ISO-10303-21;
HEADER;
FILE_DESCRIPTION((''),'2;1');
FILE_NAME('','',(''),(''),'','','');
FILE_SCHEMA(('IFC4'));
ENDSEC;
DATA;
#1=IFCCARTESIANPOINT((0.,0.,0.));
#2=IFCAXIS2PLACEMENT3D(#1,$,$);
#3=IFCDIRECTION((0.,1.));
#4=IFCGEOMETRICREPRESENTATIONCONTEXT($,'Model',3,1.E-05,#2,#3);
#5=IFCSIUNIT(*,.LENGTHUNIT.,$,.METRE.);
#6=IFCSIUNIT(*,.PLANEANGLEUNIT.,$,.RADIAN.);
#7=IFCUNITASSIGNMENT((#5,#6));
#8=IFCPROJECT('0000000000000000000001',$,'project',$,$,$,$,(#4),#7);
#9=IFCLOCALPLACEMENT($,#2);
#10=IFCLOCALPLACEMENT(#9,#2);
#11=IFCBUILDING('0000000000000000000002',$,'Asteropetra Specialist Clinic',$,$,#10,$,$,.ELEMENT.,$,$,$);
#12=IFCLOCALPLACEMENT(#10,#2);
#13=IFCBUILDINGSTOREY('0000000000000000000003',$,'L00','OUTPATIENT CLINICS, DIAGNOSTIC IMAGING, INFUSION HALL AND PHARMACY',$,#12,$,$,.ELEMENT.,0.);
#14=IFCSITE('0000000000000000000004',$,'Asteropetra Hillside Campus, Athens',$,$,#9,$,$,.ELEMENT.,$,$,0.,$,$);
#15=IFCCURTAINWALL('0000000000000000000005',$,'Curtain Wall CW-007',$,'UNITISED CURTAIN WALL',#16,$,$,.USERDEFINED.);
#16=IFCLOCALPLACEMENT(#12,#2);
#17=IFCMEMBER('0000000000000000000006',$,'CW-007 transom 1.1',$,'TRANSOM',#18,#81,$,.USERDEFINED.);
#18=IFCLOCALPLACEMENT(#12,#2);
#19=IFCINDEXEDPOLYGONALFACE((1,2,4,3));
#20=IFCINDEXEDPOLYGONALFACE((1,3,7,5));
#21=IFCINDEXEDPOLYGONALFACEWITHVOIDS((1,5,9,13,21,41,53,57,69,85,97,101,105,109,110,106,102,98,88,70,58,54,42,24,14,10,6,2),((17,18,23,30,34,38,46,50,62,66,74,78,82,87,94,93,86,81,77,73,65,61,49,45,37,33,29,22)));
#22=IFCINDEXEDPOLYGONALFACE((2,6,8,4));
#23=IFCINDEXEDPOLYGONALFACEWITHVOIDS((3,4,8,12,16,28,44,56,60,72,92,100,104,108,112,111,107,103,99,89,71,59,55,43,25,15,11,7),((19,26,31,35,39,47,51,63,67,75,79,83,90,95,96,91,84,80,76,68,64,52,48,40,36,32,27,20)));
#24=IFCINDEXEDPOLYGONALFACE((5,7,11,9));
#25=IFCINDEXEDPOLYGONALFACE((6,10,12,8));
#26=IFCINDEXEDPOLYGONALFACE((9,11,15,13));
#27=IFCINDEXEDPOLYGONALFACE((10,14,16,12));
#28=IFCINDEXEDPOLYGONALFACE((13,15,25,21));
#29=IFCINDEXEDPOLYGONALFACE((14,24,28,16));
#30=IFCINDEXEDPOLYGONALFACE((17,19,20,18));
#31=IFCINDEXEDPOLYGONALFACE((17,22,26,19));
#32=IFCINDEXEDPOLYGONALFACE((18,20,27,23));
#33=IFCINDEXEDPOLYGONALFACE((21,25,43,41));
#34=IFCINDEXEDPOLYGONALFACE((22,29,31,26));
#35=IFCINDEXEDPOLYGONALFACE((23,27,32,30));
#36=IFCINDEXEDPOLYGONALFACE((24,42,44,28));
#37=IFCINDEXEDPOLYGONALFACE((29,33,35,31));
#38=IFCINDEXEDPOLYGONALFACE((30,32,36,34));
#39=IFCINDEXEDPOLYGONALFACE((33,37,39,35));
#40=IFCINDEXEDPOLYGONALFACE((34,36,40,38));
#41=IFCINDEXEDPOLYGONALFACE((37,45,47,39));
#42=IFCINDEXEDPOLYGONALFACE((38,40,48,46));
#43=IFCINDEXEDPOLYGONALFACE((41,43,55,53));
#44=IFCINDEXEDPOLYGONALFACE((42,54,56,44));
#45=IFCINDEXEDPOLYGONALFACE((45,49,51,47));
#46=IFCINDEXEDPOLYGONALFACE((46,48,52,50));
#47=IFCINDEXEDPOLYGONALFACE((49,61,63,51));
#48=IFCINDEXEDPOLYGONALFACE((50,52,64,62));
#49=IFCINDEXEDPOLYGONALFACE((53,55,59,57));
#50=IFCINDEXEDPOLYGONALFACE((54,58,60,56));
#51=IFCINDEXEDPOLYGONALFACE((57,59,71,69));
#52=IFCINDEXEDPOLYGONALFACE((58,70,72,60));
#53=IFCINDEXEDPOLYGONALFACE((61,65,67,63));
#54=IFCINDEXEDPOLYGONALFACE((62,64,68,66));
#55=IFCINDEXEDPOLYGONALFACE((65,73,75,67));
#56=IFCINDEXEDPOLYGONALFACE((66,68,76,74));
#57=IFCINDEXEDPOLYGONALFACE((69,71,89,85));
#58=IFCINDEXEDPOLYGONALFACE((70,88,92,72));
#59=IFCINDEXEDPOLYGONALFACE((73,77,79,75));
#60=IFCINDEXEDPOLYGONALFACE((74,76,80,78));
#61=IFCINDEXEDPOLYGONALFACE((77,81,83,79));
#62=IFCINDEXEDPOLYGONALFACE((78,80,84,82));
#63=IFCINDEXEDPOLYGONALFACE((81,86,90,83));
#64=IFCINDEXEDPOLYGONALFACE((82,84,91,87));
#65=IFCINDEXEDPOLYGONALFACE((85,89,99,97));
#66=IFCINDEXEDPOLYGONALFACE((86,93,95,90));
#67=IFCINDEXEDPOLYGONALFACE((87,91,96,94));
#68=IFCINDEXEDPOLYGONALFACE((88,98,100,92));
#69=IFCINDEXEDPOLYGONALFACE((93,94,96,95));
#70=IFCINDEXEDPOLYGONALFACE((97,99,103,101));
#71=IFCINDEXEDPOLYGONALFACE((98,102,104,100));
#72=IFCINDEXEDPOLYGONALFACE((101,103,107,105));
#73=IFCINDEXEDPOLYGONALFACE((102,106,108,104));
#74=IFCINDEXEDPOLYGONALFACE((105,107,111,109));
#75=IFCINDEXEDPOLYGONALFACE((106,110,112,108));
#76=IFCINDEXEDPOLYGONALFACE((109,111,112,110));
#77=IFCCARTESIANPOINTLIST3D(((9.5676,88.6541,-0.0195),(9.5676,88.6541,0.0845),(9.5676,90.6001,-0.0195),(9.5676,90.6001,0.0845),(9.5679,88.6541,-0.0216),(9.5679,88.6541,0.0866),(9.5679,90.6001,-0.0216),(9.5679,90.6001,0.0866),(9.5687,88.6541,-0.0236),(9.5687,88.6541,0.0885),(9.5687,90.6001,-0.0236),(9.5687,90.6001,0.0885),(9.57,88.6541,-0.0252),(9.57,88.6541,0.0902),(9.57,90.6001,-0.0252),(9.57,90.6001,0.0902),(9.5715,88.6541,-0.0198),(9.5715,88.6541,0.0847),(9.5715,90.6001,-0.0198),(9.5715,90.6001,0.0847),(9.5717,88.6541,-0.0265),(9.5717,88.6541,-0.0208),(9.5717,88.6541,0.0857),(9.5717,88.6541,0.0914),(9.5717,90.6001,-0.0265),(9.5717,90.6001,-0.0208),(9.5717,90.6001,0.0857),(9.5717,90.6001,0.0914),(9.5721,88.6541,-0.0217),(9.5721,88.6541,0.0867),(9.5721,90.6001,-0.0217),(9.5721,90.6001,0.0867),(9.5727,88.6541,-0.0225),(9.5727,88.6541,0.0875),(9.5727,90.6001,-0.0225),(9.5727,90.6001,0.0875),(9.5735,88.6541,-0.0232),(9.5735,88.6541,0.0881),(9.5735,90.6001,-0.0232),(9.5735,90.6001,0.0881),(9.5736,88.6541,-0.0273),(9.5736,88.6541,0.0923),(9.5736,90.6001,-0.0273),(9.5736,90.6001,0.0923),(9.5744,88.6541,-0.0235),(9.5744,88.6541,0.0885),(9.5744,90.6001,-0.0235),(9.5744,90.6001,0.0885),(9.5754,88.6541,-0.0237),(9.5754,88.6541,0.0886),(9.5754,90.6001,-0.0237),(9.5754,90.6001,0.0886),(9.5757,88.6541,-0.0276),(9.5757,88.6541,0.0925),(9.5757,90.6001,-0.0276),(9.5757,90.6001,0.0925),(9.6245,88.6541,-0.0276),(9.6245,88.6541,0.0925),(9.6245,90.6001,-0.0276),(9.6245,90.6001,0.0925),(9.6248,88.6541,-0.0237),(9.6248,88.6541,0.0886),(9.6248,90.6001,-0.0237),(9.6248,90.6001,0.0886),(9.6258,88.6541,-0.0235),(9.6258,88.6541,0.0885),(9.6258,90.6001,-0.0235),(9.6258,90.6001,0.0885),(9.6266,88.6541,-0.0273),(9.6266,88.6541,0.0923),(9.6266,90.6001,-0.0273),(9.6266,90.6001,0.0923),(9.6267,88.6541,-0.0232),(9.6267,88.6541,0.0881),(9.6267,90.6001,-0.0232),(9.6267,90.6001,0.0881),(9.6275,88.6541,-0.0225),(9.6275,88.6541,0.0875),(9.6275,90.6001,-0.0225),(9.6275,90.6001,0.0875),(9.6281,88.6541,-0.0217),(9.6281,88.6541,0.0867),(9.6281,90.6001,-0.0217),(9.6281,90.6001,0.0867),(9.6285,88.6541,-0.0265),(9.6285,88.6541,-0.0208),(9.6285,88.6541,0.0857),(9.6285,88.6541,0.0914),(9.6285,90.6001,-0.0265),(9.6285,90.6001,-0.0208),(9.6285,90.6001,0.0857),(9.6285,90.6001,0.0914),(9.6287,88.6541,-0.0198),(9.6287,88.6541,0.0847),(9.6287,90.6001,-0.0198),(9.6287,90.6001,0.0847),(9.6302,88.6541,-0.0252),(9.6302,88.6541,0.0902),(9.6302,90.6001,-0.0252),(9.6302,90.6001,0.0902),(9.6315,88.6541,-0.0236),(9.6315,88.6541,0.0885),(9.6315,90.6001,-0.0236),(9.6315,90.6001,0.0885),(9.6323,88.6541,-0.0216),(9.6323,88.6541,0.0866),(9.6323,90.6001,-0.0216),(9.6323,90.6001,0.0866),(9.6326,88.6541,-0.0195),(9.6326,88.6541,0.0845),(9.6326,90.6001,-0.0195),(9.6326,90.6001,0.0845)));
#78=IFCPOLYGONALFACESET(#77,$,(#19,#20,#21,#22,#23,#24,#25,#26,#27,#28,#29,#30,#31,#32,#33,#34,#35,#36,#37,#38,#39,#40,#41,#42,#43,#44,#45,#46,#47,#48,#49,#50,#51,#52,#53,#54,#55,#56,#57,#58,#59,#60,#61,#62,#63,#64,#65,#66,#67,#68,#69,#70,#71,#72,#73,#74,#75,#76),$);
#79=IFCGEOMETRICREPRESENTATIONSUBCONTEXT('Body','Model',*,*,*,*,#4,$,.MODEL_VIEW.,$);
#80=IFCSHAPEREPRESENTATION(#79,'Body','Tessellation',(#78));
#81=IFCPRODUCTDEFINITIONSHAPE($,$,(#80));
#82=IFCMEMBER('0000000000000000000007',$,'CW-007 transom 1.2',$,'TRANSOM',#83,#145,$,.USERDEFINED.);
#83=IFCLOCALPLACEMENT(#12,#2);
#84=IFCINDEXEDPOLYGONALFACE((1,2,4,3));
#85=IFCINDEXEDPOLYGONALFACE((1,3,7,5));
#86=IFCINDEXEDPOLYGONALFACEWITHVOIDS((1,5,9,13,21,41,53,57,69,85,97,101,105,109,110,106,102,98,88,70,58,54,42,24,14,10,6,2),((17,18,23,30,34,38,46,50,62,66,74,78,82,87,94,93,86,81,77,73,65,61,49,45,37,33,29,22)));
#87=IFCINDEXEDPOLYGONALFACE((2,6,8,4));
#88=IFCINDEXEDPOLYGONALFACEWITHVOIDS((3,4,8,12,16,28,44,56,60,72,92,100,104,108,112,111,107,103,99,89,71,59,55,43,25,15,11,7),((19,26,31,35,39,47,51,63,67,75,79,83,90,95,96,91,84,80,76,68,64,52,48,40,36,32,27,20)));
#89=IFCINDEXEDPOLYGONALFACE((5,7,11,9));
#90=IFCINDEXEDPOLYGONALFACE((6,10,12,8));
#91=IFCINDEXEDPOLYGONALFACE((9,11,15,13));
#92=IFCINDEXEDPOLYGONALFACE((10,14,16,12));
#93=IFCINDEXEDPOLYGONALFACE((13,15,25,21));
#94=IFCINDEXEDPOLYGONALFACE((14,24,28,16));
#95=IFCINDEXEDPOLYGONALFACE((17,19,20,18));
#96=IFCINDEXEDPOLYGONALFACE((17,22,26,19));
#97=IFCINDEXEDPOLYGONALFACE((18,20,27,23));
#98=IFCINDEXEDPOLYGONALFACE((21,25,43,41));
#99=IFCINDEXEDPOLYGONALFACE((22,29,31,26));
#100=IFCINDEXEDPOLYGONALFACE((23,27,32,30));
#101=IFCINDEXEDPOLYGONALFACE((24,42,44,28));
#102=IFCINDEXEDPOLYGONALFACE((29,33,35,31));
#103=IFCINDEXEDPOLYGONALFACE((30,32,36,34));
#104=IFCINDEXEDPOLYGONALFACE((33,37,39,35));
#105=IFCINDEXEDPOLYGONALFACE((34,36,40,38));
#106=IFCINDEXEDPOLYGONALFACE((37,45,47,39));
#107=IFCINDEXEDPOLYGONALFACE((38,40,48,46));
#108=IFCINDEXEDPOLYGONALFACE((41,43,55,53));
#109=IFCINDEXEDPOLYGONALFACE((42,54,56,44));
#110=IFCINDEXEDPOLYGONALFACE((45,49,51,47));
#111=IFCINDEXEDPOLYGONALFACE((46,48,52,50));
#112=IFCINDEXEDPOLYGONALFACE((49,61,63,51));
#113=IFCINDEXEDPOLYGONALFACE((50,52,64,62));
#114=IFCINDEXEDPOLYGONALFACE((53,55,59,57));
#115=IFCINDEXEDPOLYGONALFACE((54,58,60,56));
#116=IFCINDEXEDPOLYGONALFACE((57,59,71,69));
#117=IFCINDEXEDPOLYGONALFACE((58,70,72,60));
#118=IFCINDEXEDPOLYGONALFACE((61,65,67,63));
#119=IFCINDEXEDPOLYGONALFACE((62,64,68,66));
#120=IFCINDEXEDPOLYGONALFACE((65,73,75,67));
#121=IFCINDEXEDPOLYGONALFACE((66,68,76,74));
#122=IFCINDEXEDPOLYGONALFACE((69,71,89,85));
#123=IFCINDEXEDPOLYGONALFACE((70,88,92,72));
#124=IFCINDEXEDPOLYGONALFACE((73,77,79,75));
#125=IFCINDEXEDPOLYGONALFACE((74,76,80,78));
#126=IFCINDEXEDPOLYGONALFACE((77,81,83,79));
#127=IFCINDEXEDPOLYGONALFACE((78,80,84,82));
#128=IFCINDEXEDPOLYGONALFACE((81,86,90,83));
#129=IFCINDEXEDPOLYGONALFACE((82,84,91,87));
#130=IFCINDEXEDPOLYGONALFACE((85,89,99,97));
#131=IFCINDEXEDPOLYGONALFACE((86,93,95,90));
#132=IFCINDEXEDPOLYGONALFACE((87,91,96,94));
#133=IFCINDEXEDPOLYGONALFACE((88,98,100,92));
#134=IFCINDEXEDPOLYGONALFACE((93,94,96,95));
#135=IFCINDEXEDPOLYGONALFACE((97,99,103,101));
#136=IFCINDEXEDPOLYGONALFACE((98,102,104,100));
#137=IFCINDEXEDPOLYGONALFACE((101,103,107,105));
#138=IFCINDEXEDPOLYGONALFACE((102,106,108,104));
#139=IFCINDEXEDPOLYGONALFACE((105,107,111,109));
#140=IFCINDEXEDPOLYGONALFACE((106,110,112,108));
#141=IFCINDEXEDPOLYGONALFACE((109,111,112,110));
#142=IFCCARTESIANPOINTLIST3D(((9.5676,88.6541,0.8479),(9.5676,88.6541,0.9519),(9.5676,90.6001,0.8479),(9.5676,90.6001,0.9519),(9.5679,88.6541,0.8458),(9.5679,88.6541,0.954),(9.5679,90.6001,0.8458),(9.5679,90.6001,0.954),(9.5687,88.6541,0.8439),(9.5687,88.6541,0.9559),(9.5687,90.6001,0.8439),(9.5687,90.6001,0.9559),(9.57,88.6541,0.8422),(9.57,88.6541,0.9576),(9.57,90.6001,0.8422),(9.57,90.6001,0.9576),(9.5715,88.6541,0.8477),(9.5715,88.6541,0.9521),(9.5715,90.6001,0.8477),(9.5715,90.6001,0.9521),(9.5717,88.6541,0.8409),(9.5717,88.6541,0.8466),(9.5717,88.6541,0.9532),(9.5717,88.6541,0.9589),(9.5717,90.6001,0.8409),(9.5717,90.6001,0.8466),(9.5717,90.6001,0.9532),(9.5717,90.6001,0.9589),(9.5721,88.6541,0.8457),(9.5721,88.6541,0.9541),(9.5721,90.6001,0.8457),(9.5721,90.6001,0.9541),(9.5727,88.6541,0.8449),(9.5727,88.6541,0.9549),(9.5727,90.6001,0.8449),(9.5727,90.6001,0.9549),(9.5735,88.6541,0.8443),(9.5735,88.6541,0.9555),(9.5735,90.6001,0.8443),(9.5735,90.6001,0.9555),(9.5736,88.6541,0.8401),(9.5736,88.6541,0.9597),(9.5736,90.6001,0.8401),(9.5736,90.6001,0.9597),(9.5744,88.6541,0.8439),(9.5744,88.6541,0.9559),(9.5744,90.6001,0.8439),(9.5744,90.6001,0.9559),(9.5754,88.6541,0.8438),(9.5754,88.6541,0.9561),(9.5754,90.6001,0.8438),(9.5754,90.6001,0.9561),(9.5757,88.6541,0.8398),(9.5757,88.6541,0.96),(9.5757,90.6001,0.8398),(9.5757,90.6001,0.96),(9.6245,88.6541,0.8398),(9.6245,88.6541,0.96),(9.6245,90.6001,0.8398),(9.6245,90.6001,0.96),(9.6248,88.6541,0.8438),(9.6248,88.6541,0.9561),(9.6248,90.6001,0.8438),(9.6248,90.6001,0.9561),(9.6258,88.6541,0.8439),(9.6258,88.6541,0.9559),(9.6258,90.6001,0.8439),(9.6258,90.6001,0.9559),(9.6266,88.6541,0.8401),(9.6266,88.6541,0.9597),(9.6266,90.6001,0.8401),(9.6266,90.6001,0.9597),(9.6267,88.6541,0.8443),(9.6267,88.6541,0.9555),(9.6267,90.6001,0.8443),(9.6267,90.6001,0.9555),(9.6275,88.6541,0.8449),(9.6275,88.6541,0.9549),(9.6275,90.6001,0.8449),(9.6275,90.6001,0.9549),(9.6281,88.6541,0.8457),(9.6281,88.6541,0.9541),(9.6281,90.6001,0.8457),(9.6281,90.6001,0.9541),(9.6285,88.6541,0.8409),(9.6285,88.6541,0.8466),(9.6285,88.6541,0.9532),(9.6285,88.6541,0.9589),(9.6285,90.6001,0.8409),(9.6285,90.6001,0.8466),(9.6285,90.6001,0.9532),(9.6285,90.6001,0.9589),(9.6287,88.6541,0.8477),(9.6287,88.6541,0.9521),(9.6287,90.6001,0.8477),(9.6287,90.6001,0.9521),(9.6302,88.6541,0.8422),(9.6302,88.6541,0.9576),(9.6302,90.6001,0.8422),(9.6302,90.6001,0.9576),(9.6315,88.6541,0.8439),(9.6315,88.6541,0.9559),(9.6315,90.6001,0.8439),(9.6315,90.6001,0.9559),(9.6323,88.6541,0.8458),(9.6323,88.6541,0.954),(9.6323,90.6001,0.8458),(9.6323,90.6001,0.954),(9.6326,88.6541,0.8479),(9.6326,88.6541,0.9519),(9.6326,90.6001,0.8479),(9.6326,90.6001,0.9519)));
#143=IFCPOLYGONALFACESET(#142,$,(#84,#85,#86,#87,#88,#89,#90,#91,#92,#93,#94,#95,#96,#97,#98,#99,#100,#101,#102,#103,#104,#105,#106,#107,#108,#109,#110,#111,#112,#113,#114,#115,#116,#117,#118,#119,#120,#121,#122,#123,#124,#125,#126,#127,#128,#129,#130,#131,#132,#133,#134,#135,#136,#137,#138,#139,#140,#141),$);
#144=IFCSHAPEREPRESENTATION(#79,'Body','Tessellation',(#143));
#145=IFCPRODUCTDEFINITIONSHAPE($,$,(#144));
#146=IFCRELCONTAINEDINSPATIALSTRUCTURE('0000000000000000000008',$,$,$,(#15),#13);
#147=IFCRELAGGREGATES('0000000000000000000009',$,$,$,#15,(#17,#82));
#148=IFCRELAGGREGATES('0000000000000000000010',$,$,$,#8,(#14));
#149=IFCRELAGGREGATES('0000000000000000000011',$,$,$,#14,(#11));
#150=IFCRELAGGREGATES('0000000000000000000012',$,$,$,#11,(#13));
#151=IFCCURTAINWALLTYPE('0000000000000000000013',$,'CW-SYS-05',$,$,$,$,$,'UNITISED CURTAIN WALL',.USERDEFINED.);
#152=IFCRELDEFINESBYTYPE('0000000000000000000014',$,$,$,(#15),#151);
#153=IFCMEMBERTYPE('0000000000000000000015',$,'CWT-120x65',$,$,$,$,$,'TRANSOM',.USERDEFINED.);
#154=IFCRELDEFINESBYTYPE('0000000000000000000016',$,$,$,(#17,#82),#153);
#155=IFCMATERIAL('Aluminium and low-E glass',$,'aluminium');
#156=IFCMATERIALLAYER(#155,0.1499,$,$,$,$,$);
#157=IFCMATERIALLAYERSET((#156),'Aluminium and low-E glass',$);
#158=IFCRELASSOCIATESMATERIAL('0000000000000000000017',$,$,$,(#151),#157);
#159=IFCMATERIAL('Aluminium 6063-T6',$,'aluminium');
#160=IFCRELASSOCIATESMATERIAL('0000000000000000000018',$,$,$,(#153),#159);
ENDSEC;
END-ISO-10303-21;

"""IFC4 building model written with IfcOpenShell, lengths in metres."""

from ifc_helpers import new_model, si_unit, direction, frame, origin, origin_2d, place, context, subcontext, project, spatial, hollow_rectangle, extrude, material, layer, layer_set, material_profile, profile_set, type_object, element, aggregate, save


model = new_model("IFC4")

# Units and contexts
model_context = context("Model", 3, precision=1e-05, world=origin(), true_north=direction((0.0, 1.0)))
body_context = subcontext(model_context, "Body", "Model", "MODEL_VIEW")
ifc_project = project(units=[si_unit("LENGTHUNIT", "METRE"), si_unit("PLANEANGLEUNIT", "RADIAN")], contexts=[model_context])

# Site, building, storey
site_placement = place(None, origin())
site = spatial("IfcSite", under=ifc_project, at=site_placement, Name="Asteropetra Hillside Campus, Athens", CompositionType="ELEMENT", RefElevation=0.0)
building_placement = place(site_placement, origin())
building = spatial("IfcBuilding", under=site, at=building_placement, Name="Asteropetra Specialist Clinic", CompositionType="ELEMENT")
storey_placement = place(building_placement, origin())
storey = spatial("IfcBuildingStorey", under=building, at=storey_placement, Name="L00", Description="OUTPATIENT CLINICS, DIAGNOSTIC IMAGING, INFUSION HALL AND PHARMACY", CompositionType="ELEMENT", Elevation=0.0)

# Curtain wall
ifc_material_1 = material(Name="Aluminium and low-E glass", Category="aluminium")
ifc_layer_1 = layer(ifc_material_1, 0.1499)
ifc_layer_set_1 = layer_set([ifc_layer_1], Name="Aluminium and low-E glass")
curtain_wall_type_1 = type_object("IfcCurtainWallType", Name="CW-SYS-05", ElementType="UNITISED CURTAIN WALL", PredefinedType="USERDEFINED", material=ifc_layer_set_1)
curtain_wall_1_placement = place(storey_placement, origin())
curtain_wall_1 = element("IfcCurtainWall", 1, at=curtain_wall_1_placement, inside=storey, type_object=curtain_wall_type_1, Name="Curtain Wall CW-007", ObjectType="UNITISED CURTAIN WALL", PredefinedType="USERDEFINED")

# Members
ifc_material_2 = material(Name="Aluminium 6063-T6", Category="aluminium")
ifc_material_profile_1 = material_profile(ifc_material_2, hollow_rectangle(XDim=0.0649, YDim=0.1201, WallThickness=0.0039, InnerFilletRadius=0.0039, OuterFilletRadius=0.0081, at=origin_2d()), Name="TRN 120x65x4.0")
ifc_profile_set_1 = profile_set([ifc_material_profile_1], Name="Aluminium 6063-T6")
member_type_1 = type_object("IfcMemberType", Name="CWT-120x65", ElementType="TRANSOM", PredefinedType="USERDEFINED", material=ifc_profile_set_1)
member_1_placement = place(storey_placement, frame((9.6001, 90.6001, 0.0325), z_axis=(0.0, -1.0, 0.0), x_axis=(1.0, 0.0, 0.0)))
member_1 = element("IfcMember", 2, at=member_1_placement, type_object=member_type_1, Name="CW-007 transom 1.1", ObjectType="TRANSOM", PredefinedType="USERDEFINED", context=body_context, shape_type="SweptSolid", body=[
    extrude(hollow_rectangle(XDim=0.0649, YDim=0.1201, WallThickness=0.0039, InnerFilletRadius=0.0039, OuterFilletRadius=0.0081, at=origin_2d()), origin(), (0.0, 0.0, 1.0), 1.946),
])
member_2_placement = place(storey_placement, frame((9.6001, 90.6001, 0.8999), z_axis=(0.0, -1.0, 0.0), x_axis=(1.0, 0.0, 0.0)))
member_2 = element("IfcMember", 3, at=member_2_placement, type_object=member_type_1, Name="CW-007 transom 1.2", ObjectType="TRANSOM", PredefinedType="USERDEFINED", context=body_context, shape_type="SweptSolid", body=[
    extrude(hollow_rectangle(XDim=0.0649, YDim=0.1201, WallThickness=0.0039, InnerFilletRadius=0.0039, OuterFilletRadius=0.0081, at=origin_2d()), origin(), (0.0, 0.0, 1.0), 1.946),
])
aggregate(curtain_wall_1, [member_1, member_2])

save(model, "model.ifc")
